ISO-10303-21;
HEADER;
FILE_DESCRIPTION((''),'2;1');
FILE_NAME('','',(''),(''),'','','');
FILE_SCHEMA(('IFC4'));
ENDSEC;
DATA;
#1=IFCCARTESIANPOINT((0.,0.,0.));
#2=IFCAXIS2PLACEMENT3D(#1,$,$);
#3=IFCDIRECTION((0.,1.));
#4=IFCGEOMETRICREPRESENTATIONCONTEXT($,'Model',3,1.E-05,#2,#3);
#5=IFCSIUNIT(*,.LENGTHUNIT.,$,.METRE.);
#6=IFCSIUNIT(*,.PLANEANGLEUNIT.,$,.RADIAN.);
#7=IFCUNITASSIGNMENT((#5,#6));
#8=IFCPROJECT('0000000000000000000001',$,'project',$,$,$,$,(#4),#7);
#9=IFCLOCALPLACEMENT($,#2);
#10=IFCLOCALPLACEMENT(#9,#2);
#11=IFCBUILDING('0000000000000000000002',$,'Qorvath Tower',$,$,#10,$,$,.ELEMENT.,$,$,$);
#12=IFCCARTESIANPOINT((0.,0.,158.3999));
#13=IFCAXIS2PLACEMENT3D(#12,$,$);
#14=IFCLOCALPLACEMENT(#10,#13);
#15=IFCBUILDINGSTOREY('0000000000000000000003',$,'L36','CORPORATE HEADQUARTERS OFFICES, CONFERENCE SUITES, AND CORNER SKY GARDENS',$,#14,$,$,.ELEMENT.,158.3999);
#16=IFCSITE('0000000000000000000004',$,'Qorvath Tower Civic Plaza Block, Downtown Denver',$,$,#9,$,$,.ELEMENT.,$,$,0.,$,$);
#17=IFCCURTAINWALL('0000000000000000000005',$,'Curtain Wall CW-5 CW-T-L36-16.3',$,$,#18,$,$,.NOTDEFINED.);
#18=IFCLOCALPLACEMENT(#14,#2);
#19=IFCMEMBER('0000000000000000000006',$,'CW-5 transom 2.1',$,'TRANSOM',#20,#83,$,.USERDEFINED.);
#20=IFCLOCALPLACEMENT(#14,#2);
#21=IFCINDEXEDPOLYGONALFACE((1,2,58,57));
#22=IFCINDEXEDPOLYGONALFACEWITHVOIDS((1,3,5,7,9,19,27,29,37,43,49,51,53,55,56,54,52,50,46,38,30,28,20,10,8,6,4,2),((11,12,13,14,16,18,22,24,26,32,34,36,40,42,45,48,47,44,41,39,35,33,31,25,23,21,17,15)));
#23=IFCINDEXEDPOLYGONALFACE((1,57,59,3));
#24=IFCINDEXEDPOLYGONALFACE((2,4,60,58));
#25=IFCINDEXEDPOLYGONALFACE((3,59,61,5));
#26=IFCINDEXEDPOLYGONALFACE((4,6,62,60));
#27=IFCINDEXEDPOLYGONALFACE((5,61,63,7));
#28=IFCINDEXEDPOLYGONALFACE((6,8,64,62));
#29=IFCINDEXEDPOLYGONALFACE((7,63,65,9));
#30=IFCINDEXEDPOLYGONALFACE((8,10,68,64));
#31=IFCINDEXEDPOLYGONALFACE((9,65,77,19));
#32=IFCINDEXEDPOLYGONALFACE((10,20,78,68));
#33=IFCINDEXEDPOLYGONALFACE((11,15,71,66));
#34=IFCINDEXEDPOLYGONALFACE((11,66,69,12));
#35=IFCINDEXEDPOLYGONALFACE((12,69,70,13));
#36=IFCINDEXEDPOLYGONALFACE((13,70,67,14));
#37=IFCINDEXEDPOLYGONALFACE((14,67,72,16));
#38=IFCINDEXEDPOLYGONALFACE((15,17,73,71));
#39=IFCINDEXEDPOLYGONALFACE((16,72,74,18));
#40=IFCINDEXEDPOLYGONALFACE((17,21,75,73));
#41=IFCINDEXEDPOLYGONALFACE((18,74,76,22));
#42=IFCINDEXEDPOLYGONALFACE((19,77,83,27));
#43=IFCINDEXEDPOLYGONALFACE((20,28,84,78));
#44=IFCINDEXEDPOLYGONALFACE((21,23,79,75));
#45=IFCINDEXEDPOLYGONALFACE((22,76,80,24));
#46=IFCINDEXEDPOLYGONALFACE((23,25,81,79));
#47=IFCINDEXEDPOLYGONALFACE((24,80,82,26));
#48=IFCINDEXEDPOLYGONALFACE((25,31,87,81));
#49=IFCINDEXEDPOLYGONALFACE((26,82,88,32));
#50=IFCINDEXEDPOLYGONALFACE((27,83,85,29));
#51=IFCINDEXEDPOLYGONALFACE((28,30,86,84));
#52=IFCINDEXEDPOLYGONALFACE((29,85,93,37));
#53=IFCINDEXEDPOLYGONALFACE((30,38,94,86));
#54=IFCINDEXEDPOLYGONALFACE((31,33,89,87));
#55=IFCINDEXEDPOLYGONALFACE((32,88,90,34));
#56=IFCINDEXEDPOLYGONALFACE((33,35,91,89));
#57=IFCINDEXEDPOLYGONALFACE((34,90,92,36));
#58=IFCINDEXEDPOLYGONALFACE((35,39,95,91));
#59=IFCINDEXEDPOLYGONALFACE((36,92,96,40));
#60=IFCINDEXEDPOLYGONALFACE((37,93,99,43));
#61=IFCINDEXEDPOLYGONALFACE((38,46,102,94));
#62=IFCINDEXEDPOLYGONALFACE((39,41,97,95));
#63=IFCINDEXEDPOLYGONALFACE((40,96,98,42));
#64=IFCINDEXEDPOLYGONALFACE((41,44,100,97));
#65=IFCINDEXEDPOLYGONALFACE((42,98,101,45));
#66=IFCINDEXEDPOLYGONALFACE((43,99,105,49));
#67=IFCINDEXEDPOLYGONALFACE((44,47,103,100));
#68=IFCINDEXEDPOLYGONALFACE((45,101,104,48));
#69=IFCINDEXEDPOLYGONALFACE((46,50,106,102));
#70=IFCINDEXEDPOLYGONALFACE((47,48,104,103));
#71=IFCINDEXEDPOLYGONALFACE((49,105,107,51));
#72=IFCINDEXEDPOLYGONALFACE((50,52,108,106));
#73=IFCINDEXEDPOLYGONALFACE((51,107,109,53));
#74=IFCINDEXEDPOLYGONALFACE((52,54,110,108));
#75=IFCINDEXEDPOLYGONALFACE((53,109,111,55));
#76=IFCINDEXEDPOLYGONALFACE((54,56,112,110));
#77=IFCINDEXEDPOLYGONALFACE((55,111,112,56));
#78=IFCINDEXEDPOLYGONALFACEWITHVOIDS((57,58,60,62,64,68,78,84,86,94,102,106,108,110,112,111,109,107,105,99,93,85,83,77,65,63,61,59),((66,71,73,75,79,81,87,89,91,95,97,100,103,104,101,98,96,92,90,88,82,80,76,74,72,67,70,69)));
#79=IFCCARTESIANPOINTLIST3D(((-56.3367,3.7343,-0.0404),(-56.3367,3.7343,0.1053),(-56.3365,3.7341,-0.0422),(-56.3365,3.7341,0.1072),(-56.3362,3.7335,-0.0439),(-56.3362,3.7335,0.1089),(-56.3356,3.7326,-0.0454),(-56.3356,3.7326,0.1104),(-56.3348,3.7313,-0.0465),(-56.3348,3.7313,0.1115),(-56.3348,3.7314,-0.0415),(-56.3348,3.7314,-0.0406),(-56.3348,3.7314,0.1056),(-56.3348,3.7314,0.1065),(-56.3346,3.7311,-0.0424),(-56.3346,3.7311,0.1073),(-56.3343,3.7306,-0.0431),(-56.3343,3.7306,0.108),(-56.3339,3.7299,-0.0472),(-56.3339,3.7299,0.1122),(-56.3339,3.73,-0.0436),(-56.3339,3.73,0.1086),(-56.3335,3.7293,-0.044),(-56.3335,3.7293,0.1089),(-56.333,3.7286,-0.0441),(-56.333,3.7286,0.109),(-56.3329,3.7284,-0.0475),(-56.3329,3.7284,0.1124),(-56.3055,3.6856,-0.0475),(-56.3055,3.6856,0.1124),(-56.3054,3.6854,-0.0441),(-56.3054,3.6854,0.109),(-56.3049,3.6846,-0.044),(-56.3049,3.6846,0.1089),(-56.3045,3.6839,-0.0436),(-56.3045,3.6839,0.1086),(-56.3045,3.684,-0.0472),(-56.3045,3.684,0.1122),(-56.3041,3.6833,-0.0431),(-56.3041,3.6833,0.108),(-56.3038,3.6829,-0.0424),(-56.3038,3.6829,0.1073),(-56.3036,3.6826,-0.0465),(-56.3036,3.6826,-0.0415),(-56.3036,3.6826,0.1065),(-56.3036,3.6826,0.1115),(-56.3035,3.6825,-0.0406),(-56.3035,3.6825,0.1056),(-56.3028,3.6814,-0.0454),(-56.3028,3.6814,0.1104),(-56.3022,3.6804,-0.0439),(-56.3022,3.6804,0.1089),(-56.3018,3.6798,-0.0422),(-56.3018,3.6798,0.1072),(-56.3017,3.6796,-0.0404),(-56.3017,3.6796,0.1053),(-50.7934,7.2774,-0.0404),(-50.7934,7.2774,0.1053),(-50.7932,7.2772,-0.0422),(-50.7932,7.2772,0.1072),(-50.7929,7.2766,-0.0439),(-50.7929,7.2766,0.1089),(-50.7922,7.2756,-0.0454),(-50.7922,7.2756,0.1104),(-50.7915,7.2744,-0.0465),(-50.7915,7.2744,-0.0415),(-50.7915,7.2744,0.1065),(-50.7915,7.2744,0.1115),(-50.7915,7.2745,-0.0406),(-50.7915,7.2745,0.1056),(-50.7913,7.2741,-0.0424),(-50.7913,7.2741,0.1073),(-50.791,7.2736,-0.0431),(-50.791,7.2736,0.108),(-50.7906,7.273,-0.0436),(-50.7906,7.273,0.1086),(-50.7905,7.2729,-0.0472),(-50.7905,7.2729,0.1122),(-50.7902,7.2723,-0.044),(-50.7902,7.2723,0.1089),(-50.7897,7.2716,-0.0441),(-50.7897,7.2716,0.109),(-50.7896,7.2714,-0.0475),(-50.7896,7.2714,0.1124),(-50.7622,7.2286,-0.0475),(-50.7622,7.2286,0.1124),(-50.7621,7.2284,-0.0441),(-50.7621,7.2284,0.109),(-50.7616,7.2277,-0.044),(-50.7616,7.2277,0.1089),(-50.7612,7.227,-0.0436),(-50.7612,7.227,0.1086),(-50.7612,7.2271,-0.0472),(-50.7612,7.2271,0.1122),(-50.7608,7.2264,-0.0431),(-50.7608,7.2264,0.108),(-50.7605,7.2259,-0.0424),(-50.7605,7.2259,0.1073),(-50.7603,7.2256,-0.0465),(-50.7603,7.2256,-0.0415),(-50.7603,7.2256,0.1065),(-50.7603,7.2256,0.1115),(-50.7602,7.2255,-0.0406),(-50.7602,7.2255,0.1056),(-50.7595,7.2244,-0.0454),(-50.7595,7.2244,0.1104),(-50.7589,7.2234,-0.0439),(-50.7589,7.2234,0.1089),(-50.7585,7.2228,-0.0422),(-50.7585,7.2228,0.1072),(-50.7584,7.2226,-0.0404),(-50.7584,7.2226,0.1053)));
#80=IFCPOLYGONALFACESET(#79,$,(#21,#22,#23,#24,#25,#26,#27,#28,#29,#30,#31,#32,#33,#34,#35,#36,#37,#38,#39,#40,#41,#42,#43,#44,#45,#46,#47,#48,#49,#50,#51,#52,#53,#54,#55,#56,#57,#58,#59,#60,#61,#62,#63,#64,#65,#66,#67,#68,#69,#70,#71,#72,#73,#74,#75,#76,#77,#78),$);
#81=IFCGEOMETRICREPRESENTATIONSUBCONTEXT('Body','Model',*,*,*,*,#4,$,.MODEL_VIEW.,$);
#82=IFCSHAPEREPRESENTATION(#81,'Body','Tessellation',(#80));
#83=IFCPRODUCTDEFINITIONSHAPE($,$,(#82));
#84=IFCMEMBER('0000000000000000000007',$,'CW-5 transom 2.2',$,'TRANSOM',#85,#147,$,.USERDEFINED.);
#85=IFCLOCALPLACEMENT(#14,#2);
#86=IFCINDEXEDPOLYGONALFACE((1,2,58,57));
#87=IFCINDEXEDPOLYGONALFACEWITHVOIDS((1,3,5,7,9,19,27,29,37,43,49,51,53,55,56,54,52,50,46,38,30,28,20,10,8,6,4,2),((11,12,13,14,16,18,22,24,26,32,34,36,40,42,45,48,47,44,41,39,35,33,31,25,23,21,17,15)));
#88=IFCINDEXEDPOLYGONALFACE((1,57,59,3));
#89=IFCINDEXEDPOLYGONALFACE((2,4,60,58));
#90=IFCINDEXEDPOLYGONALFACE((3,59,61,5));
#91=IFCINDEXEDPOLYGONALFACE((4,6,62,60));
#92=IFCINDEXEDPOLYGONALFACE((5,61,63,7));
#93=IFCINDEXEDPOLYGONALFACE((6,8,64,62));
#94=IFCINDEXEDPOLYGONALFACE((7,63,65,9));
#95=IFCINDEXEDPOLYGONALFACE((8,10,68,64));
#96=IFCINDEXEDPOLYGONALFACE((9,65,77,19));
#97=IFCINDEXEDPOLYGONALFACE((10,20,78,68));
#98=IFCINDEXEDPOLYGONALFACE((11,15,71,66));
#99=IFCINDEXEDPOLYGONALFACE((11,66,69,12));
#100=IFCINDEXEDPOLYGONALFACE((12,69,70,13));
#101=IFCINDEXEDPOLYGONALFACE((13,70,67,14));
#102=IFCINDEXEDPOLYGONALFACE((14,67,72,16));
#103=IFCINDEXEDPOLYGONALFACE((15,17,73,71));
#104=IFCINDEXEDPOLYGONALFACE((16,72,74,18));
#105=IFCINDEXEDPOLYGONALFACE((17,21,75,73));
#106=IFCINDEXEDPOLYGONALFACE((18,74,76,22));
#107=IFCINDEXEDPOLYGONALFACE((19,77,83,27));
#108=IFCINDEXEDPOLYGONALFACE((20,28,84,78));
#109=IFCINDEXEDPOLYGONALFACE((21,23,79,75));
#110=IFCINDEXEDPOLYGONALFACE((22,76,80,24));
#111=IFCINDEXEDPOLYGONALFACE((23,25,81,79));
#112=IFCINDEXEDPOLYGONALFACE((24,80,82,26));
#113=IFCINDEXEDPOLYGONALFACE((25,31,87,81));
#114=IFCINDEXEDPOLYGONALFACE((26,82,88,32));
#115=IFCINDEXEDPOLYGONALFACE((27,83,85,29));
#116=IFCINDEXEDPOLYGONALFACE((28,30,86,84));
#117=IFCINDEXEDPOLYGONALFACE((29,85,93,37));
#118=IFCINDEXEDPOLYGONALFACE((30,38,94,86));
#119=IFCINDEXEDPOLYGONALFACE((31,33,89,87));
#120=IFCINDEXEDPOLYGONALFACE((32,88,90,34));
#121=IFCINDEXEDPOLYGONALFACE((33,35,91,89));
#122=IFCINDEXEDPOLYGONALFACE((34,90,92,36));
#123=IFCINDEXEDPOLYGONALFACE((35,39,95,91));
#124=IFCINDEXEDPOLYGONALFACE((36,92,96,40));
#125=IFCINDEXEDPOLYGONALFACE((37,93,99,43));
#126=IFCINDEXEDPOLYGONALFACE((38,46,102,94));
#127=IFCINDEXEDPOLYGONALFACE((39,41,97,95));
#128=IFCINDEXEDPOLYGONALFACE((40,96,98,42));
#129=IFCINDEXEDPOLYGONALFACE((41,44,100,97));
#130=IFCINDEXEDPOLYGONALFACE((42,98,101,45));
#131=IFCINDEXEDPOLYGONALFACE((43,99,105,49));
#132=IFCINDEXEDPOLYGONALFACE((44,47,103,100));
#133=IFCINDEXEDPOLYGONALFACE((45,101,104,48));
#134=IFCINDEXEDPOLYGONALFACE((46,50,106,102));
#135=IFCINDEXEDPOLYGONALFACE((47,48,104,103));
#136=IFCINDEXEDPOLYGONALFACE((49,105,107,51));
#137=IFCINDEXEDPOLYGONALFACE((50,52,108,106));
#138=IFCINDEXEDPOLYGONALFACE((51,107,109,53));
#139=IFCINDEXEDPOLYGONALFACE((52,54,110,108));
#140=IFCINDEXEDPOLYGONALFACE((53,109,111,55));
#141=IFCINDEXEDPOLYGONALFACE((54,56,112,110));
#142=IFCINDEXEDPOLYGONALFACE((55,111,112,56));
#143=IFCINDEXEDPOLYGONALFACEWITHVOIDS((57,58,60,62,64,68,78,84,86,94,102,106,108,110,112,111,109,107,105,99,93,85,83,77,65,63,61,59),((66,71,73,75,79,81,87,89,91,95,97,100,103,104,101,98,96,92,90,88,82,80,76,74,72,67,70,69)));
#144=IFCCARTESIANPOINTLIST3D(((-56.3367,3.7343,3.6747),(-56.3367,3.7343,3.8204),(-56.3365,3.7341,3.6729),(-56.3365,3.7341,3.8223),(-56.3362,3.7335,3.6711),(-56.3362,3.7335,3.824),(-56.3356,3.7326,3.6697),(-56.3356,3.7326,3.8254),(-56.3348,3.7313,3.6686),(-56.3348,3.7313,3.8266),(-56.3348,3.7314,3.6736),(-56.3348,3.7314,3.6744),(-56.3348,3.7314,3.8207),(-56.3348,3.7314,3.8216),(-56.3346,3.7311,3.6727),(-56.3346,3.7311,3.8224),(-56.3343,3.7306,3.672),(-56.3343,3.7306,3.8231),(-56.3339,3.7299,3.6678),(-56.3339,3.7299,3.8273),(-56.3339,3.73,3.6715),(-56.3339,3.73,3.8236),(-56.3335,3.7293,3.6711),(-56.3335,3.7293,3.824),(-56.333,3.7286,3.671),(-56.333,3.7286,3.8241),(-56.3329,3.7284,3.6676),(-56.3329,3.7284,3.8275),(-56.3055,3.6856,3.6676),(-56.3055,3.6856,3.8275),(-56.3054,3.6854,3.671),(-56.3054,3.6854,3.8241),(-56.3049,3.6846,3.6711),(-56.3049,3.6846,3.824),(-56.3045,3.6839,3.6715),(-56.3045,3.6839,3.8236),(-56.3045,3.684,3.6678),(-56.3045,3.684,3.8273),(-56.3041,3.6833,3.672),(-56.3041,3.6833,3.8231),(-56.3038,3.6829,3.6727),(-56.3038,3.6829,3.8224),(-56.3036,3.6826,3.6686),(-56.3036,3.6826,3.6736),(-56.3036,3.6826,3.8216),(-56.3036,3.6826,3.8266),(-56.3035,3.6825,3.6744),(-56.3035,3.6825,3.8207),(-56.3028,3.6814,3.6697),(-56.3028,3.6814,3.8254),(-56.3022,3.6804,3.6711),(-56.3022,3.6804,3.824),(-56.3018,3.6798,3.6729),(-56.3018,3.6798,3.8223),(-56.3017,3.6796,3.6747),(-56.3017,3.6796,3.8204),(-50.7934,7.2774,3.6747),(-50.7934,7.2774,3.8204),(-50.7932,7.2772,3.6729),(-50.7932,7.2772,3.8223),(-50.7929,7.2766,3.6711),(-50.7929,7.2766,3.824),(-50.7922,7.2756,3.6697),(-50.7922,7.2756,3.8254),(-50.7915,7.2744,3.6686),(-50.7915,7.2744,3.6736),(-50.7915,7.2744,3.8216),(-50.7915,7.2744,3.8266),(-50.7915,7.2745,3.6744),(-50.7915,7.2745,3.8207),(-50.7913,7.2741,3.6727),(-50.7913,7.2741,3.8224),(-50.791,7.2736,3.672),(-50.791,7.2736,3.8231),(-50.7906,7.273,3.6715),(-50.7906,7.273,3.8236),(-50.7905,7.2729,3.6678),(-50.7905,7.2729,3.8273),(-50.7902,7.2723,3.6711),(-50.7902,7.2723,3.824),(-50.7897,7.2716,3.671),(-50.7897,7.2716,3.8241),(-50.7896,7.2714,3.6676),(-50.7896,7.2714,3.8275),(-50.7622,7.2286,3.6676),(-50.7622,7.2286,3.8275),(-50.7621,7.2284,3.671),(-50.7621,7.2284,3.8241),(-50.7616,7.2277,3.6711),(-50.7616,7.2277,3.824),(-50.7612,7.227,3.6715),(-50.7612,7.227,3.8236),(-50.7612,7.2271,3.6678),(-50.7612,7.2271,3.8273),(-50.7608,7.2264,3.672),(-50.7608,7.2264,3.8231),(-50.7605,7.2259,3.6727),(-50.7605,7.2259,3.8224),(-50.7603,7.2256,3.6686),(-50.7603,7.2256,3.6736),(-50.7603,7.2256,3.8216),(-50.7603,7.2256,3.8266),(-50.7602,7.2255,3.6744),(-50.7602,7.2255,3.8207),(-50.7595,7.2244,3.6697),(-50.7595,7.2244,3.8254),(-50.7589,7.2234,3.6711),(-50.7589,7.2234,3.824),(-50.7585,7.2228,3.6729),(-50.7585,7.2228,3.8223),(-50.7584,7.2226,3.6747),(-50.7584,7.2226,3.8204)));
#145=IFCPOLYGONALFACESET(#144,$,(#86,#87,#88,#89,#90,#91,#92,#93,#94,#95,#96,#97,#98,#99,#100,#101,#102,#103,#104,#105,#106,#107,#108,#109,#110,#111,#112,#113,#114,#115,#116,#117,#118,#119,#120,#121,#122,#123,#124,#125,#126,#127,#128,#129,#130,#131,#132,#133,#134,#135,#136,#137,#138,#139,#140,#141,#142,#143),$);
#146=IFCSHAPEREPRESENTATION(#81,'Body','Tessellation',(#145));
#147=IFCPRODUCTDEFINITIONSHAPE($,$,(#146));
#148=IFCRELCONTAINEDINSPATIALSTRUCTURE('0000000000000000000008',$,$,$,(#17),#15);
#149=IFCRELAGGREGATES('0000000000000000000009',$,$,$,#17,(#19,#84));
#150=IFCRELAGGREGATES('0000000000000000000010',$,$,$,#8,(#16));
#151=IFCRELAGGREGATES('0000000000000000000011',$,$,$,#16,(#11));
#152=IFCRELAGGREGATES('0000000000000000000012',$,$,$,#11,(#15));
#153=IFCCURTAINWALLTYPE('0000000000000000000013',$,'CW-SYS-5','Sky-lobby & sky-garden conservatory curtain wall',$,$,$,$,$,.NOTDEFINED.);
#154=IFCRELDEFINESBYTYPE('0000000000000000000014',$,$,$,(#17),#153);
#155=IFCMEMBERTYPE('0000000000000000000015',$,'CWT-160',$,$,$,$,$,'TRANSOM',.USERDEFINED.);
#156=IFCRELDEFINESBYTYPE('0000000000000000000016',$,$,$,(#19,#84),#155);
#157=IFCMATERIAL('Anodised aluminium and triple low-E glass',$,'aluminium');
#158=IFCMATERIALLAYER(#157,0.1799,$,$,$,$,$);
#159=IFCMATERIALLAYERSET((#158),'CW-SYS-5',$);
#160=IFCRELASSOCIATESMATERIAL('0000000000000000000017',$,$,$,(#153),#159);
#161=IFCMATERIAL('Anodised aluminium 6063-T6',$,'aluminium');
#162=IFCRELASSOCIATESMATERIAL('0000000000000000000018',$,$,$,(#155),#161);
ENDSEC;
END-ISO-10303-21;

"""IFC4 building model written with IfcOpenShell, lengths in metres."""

from ifc_helpers import new_model, si_unit, direction, frame, origin, origin_2d, place, context, subcontext, project, spatial, hollow_rectangle, extrude, material, layer, layer_set, material_profile, profile_set, type_object, element, aggregate, save


model = new_model("IFC4")

# Units and contexts
model_context = context("Model", 3, precision=1e-05, world=origin(), true_north=direction((0.0, 1.0)))
body_context = subcontext(model_context, "Body", "Model", "MODEL_VIEW")
ifc_project = project(units=[si_unit("LENGTHUNIT", "METRE"), si_unit("PLANEANGLEUNIT", "RADIAN")], contexts=[model_context])

# Site, building, storey
site_placement = place(None, origin())
site = spatial("IfcSite", under=ifc_project, at=site_placement, Name="Qorvath Tower Civic Plaza Block, Downtown Denver", CompositionType="ELEMENT", RefElevation=0.0)
building_placement = place(site_placement, origin())
building = spatial("IfcBuilding", under=site, at=building_placement, Name="Qorvath Tower", CompositionType="ELEMENT")
storey_placement = place(building_placement, frame((0.0, 0.0, 158.3999)))
storey = spatial("IfcBuildingStorey", under=building, at=storey_placement, Name="L36", Description="CORPORATE HEADQUARTERS OFFICES, CONFERENCE SUITES, AND CORNER SKY GARDENS", CompositionType="ELEMENT", Elevation=158.3999)

# Curtain wall
ifc_material_1 = material(Name="Anodised aluminium and triple low-E glass", Category="aluminium")
ifc_layer_1 = layer(ifc_material_1, 0.1799)
ifc_layer_set_1 = layer_set([ifc_layer_1], Name="CW-SYS-5")
curtain_wall_type = type_object("IfcCurtainWallType", Name="CW-SYS-5", Description="Sky-lobby & sky-garden conservatory curtain wall", PredefinedType="NOTDEFINED", material=ifc_layer_set_1)
curtain_wall_1_placement = place(storey_placement, origin())
curtain_wall_1 = element("IfcCurtainWall", 1, at=curtain_wall_1_placement, inside=storey, type_object=curtain_wall_type, Name="Curtain Wall CW-5 CW-T-L36-16.3", PredefinedType="NOTDEFINED")

# Members
ifc_material_2 = material(Name="Anodised aluminium 6063-T6", Category="aluminium")
ifc_material_profile_1 = material_profile(ifc_material_2, hollow_rectangle(XDim=0.0649, YDim=0.1599, WallThickness=0.0034, InnerFilletRadius=0.0034, OuterFilletRadius=0.0071, at=origin_2d()), Name="CWT 160x65")
ifc_profile_set_1 = profile_set([ifc_material_profile_1], Name="Anodised aluminium 6063-T6")
member_type_1 = type_object("IfcMemberType", Name="CWT-160", ElementType="TRANSOM", PredefinedType="USERDEFINED", material=ifc_profile_set_1)
member_1_placement = place(storey_placement, frame((-50.7759, 7.25, 0.0325), z_axis=(-0.842595, -0.538548, 0.0), x_axis=(0.538548, -0.842595, 0.0)))
member_1 = element("IfcMember", 2, at=member_1_placement, type_object=member_type_1, Name="CW-5 transom 2.1", ObjectType="TRANSOM", PredefinedType="USERDEFINED", context=body_context, shape_type="SweptSolid", body=[
    extrude(hollow_rectangle(XDim=0.0649, YDim=0.1599, WallThickness=0.0034, InnerFilletRadius=0.0034, OuterFilletRadius=0.0071, at=origin_2d()), origin(), (0.0, 0.0, 1.0), 6.5789),
])
member_2_placement = place(storey_placement, frame((-50.7759, 7.25, 3.7476), z_axis=(-0.842595, -0.538548, 0.0), x_axis=(0.538548, -0.842595, 0.0)))
member_2 = element("IfcMember", 3, at=member_2_placement, type_object=member_type_1, Name="CW-5 transom 2.2", ObjectType="TRANSOM", PredefinedType="USERDEFINED", context=body_context, shape_type="SweptSolid", body=[
    extrude(hollow_rectangle(XDim=0.0649, YDim=0.1599, WallThickness=0.0034, InnerFilletRadius=0.0034, OuterFilletRadius=0.0071, at=origin_2d()), origin(), (0.0, 0.0, 1.0), 6.5789),
])

aggregate(curtain_wall_1, [member_1, member_2])

save(model, "model.ifc")
